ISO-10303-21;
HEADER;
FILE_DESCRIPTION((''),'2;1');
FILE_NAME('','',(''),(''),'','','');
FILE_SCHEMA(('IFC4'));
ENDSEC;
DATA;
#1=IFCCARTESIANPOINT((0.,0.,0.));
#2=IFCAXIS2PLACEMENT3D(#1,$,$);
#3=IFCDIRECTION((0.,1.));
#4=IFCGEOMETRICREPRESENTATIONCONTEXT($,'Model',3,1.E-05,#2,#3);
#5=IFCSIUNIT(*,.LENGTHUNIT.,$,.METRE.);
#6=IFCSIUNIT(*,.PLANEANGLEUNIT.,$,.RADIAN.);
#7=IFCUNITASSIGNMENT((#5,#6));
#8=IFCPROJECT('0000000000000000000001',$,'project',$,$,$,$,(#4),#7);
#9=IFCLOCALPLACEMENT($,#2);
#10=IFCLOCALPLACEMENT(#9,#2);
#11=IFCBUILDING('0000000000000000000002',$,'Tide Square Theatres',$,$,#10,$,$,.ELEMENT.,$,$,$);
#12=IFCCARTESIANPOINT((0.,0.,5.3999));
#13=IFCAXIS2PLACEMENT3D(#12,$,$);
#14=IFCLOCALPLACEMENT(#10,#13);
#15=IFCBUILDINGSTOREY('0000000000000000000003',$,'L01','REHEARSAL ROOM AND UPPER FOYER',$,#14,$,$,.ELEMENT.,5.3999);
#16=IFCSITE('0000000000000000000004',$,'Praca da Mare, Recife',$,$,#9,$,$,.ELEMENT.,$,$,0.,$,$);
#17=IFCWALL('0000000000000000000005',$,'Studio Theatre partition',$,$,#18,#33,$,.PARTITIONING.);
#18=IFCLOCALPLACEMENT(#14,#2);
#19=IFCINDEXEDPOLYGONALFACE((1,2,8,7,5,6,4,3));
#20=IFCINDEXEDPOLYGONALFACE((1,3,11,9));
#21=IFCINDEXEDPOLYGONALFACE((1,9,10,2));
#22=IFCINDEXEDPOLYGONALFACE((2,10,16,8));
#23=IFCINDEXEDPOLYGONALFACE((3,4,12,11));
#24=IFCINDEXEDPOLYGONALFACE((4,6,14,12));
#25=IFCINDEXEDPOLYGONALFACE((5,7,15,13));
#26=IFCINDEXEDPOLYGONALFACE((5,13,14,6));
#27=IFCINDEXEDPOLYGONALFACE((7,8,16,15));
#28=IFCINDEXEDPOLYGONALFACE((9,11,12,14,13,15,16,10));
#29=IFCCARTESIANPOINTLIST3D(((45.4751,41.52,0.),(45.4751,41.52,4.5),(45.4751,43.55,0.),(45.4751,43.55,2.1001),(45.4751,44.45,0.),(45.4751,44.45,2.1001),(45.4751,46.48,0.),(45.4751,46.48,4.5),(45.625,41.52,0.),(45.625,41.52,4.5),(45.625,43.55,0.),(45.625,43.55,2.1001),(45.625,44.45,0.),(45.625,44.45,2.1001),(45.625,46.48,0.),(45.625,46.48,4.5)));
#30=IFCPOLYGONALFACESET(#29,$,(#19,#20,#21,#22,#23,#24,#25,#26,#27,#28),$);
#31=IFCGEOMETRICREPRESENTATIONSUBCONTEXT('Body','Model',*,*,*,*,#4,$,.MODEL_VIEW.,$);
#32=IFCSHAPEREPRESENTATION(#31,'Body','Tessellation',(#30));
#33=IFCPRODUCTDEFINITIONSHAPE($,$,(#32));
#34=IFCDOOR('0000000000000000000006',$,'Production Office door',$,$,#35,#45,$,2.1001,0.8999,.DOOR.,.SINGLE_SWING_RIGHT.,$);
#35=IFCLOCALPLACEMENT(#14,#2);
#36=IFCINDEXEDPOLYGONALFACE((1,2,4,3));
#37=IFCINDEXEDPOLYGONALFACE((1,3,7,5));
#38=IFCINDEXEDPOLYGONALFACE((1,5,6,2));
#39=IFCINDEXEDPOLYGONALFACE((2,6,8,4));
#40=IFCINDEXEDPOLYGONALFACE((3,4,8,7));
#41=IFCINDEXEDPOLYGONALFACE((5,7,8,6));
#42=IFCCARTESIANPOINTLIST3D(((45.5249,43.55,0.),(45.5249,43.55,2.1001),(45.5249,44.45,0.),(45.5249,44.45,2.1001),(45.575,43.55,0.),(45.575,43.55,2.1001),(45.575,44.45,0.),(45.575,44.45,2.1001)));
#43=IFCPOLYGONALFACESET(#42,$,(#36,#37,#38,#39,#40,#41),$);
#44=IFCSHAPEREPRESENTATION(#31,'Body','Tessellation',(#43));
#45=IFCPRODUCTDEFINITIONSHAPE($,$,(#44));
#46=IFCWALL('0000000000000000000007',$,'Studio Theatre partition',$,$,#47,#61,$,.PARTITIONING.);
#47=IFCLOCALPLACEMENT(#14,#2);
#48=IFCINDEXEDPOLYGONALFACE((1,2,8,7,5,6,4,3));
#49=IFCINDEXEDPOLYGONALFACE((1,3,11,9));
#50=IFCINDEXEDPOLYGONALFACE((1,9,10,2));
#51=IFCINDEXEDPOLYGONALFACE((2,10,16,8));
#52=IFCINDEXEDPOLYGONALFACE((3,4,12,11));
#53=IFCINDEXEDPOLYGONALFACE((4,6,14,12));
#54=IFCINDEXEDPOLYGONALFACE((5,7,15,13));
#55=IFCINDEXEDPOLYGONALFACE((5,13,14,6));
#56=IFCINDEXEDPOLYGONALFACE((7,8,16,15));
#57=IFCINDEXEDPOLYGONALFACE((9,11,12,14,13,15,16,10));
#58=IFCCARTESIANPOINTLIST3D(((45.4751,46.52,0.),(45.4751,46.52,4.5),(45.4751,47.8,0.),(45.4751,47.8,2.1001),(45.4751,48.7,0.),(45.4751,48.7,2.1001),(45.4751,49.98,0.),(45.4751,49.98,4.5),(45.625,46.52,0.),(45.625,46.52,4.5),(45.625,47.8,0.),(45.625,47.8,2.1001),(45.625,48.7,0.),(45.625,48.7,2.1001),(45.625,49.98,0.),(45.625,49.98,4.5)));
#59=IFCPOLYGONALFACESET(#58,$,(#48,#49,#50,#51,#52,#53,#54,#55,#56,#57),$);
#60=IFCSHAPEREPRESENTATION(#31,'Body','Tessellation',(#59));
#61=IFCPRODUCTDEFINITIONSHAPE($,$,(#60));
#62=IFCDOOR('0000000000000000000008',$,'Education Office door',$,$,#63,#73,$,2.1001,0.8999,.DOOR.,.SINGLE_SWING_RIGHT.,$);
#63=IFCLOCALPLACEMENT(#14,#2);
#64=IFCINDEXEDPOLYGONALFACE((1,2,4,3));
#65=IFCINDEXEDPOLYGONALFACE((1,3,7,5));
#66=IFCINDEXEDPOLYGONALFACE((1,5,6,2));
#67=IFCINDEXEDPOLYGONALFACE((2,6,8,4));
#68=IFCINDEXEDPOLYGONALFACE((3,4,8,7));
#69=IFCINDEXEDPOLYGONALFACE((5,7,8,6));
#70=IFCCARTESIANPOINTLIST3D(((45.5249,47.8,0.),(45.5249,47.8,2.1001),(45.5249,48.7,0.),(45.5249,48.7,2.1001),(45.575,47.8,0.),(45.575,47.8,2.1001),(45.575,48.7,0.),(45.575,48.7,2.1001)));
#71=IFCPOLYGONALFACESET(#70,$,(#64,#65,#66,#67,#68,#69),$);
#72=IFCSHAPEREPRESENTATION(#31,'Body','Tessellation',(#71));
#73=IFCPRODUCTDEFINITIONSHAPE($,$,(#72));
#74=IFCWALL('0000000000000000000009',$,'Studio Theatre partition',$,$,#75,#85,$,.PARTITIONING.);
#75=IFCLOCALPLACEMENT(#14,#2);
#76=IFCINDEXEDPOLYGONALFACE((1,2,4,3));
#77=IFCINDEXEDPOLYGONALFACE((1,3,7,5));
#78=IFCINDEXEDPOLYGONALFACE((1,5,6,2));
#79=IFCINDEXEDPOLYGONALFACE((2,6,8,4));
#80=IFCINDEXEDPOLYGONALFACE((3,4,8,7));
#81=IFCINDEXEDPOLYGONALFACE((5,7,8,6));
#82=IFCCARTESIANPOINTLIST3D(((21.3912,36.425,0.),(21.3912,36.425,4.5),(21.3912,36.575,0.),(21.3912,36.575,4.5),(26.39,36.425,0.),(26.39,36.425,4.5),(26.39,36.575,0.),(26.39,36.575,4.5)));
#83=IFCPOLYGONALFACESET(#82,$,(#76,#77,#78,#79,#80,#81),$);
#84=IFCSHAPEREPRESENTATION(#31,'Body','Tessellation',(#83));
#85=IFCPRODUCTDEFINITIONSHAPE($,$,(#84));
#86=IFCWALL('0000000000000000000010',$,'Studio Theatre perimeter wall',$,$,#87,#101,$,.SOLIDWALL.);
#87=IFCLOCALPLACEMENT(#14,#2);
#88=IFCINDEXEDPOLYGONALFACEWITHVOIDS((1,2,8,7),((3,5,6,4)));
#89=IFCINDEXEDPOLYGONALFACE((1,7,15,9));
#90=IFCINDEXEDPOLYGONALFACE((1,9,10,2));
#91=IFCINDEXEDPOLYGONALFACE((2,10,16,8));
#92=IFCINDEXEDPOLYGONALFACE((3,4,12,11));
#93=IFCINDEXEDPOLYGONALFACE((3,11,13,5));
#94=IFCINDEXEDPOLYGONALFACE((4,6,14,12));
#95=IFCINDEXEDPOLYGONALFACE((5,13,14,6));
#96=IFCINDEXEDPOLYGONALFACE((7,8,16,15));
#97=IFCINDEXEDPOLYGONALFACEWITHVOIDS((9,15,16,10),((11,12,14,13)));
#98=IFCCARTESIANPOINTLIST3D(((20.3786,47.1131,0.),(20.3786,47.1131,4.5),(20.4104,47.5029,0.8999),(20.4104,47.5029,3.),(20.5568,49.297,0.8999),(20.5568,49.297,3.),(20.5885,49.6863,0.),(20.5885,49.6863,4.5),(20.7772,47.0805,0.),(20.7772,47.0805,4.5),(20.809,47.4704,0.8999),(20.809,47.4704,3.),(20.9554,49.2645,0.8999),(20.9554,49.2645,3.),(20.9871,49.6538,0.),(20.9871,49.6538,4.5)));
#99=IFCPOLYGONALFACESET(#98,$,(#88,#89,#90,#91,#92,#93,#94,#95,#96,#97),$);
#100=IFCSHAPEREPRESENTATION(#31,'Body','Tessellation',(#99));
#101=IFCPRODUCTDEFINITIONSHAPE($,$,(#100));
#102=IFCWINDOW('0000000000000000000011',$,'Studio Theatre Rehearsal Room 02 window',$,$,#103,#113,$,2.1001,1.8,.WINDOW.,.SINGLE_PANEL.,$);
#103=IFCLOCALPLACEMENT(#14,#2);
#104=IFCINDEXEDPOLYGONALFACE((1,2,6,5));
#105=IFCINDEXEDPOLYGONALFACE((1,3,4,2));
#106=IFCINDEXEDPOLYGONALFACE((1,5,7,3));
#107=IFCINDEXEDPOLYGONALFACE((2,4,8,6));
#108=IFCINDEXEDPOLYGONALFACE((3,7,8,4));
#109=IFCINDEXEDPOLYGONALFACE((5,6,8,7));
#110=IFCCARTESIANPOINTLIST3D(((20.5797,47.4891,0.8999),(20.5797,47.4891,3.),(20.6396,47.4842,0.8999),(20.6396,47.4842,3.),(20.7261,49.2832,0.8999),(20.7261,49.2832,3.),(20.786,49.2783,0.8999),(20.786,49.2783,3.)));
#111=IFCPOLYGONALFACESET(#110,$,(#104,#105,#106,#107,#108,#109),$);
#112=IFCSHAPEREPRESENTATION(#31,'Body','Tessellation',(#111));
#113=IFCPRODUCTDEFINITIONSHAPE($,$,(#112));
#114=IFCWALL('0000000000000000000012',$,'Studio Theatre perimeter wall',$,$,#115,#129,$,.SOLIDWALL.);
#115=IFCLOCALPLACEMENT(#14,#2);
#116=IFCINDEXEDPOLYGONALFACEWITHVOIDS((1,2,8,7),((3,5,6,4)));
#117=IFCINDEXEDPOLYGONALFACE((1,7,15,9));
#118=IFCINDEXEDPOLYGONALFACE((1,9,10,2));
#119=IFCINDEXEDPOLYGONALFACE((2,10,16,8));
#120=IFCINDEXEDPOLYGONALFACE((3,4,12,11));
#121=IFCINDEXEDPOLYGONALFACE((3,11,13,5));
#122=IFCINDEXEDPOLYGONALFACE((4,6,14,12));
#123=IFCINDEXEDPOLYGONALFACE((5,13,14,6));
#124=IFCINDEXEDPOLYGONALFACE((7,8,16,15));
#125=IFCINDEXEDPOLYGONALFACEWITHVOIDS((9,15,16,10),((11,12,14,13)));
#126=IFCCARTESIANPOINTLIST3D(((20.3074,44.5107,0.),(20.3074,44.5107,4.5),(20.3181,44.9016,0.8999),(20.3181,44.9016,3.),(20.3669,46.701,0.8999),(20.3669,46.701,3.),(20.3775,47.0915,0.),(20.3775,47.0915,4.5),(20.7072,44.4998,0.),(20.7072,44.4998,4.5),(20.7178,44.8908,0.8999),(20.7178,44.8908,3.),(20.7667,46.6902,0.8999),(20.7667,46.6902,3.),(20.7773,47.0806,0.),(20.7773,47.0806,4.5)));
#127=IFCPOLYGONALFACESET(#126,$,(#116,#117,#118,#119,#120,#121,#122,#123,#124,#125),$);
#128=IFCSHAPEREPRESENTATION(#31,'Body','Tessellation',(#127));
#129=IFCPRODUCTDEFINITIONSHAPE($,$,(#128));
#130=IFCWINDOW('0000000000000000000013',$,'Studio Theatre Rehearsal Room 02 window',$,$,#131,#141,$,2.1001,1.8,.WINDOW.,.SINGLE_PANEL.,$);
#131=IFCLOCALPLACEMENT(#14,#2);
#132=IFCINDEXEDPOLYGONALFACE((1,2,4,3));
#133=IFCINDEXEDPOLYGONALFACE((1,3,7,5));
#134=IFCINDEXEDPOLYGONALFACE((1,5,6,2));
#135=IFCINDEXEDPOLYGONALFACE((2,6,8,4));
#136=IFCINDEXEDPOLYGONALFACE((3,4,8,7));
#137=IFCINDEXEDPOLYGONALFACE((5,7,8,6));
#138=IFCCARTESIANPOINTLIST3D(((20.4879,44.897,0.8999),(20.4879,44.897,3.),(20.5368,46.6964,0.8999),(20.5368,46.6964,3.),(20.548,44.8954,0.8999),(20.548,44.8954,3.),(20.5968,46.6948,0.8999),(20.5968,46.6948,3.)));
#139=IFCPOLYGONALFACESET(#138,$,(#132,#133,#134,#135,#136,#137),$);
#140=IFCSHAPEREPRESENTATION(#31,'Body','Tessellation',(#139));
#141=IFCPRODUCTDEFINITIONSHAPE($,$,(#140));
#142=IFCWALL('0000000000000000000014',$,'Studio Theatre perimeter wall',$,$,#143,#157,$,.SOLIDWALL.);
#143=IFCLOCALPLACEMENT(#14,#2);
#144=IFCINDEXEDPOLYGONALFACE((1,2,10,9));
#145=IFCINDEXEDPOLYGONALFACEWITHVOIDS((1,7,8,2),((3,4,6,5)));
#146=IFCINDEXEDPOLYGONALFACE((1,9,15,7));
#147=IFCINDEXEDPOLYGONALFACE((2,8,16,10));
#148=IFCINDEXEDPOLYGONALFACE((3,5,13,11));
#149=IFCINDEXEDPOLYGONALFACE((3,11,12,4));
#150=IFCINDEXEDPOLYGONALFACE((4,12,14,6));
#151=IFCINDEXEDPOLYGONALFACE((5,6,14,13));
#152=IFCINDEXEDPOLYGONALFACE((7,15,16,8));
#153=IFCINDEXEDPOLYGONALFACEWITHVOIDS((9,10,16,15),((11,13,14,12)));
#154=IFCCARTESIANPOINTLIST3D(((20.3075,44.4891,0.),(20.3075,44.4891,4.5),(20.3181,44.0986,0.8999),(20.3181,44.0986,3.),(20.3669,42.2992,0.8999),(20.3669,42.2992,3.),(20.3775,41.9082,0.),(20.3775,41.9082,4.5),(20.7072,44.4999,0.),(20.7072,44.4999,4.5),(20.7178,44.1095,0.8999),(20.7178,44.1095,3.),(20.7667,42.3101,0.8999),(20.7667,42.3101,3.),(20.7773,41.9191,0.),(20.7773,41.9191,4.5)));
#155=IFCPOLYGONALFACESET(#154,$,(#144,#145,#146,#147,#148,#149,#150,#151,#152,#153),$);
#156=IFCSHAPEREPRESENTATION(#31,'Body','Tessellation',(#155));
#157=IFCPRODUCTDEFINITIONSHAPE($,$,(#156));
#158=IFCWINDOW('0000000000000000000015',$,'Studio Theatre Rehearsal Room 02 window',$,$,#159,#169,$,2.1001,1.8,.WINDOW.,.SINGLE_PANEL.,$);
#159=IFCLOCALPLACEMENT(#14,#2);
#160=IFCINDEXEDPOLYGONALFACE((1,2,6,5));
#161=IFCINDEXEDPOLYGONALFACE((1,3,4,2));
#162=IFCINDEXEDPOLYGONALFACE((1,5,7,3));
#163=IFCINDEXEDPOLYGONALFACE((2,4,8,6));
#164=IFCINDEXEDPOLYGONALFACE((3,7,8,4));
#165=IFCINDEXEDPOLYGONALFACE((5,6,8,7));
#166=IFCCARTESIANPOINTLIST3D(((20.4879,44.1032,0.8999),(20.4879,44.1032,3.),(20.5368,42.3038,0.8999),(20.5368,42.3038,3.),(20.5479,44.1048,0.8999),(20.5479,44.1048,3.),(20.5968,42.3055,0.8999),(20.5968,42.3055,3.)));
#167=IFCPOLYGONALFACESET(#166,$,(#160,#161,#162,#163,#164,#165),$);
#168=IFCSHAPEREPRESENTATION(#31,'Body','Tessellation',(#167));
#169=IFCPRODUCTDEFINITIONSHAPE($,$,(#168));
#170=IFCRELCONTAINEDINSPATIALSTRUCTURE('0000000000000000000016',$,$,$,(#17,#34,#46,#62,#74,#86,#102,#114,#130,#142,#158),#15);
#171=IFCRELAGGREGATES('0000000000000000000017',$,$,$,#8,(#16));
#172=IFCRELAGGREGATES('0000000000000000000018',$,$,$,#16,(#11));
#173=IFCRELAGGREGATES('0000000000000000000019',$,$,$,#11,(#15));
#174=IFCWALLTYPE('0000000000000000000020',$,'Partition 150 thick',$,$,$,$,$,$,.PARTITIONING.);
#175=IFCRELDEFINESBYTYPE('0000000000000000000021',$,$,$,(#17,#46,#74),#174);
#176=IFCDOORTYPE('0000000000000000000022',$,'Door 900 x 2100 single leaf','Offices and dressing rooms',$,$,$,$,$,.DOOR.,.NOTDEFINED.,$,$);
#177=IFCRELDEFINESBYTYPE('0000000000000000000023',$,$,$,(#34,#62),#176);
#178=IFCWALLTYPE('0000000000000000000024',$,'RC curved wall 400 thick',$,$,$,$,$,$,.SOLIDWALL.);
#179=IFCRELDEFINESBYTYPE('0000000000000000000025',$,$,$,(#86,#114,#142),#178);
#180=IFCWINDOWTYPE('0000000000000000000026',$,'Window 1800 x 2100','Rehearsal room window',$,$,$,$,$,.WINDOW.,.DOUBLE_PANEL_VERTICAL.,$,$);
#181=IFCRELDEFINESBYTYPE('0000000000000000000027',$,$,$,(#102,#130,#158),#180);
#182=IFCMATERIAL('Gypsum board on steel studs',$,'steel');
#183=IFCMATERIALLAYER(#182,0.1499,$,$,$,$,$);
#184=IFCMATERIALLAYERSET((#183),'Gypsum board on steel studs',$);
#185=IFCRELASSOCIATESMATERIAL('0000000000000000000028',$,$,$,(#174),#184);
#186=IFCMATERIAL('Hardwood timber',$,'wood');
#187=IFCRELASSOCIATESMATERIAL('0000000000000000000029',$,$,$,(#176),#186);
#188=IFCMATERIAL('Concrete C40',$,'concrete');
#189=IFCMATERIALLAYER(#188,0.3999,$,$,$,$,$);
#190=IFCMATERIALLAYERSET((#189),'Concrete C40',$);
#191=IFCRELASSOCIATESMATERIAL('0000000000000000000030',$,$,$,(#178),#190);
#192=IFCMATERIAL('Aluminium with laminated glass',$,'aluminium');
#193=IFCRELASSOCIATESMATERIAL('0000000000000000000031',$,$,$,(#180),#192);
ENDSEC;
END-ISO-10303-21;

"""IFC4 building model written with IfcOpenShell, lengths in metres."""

from ifc_helpers import new_model, si_unit, direction, frame, frame_2d, origin, place, context, subcontext, project, spatial, rectangle, extrude, material, layer, layer_set, type_object, element, fill, save


model = new_model("IFC4")

# Units and contexts
model_context = context("Model", 3, precision=1e-05, world=origin(), true_north=direction((0.0, 1.0)))
body_context = subcontext(model_context, "Body", "Model", "MODEL_VIEW")
ifc_project = project(units=[si_unit("LENGTHUNIT", "METRE"), si_unit("PLANEANGLEUNIT", "RADIAN")], contexts=[model_context])

# Site, building, storey
site_placement = place(None, origin())
site = spatial("IfcSite", under=ifc_project, at=site_placement, Name="Praca da Mare, Recife", CompositionType="ELEMENT", RefElevation=0.0)
building_placement = place(site_placement, origin())
building = spatial("IfcBuilding", under=site, at=building_placement, Name="Tide Square Theatres", CompositionType="ELEMENT")
storey_placement = place(building_placement, frame((0.0, 0.0, 5.3999)))
storey = spatial("IfcBuildingStorey", under=building, at=storey_placement, Name="L01", Description="REHEARSAL ROOM AND UPPER FOYER", CompositionType="ELEMENT", Elevation=5.3999)

# Walls, openings, doors
ifc_material_1 = material(Name="Gypsum board on steel studs", Category="steel")
ifc_layer_1 = layer(ifc_material_1, 0.1499)
ifc_layer_set_1 = layer_set([ifc_layer_1], Name="Gypsum board on steel studs")
wall_type_1 = type_object("IfcWallType", Name="Partition 150 thick", PredefinedType="PARTITIONING", material=ifc_layer_set_1)
ifc_material_2 = material(Name="Hardwood timber", Category="wood")
door_type = type_object("IfcDoorType", Name="Door 900 x 2100 single leaf", Description="Offices and dressing rooms", OperationType="NOTDEFINED", PredefinedType="DOOR", material=ifc_material_2)
wall_1_placement = place(storey_placement, frame((45.55, 46.48, 0.0), z_axis=(0.0, 0.0, 1.0), x_axis=(0.0, -1.0, 0.0)))
wall_1 = element("IfcWall", 1, at=wall_1_placement, inside=storey, type_object=wall_type_1, Name="Studio Theatre partition", PredefinedType="PARTITIONING", context=body_context, shape_type="SweptSolid", body=[
    extrude(rectangle(XDim=4.96, YDim=0.1499, at=frame_2d((2.48, 0.0))), origin(), (0.0, 0.0, 1.0), 4.5),
])
opening_1_placement = place(wall_1_placement, frame((2.03, 0.0, 0.0)))
opening_1 = element("IfcOpeningElement", 2, at=opening_1_placement, cuts=wall_1, PredefinedType="OPENING", context=body_context, shape_type="SweptSolid", body=[
    extrude(rectangle(XDim=0.8999, YDim=2.1001, at=frame_2d((0.45, 1.05))), frame((0.0, 0.085, 0.0), z_axis=(0.0, -1.0, 0.0), x_axis=(1.0, 0.0, 0.0)), (0.0, 0.0, 1.0), 0.1699),
])
door_1_placement = place(opening_1_placement, origin())
door_1 = element("IfcDoor", 3, at=door_1_placement, inside=storey, type_object=door_type, Name="Production Office door", OperationType="SINGLE_SWING_RIGHT", OverallHeight=2.1001, OverallWidth=0.8999, PredefinedType="DOOR", context=body_context, shape_type="SweptSolid", body=[
    extrude(rectangle(XDim=0.8999, YDim=2.1001, at=frame_2d((0.45, 1.05))), frame((0.0, 0.0249, 0.0), z_axis=(0.0, -1.0, 0.0), x_axis=(1.0, 0.0, 0.0)), (0.0, 0.0, 1.0), 0.05),
])
fill(opening_1, door_1)
wall_2_placement = place(storey_placement, frame((45.55, 49.98, 0.0), z_axis=(0.0, 0.0, 1.0), x_axis=(0.0, -1.0, 0.0)))
wall_2 = element("IfcWall", 4, at=wall_2_placement, inside=storey, type_object=wall_type_1, Name="Studio Theatre partition", PredefinedType="PARTITIONING", context=body_context, shape_type="SweptSolid", body=[
    extrude(rectangle(XDim=3.46, YDim=0.1499, at=frame_2d((1.73, 0.0))), origin(), (0.0, 0.0, 1.0), 4.5),
])
opening_2_placement = place(wall_2_placement, frame((1.28, 0.0, 0.0)))
opening_2 = element("IfcOpeningElement", 5, at=opening_2_placement, cuts=wall_2, PredefinedType="OPENING", context=body_context, shape_type="SweptSolid", body=[
    extrude(rectangle(XDim=0.8999, YDim=2.1001, at=frame_2d((0.45, 1.05))), frame((0.0, 0.085, 0.0), z_axis=(0.0, -1.0, 0.0), x_axis=(1.0, 0.0, 0.0)), (0.0, 0.0, 1.0), 0.1699),
])
door_2_placement = place(opening_2_placement, origin())
door_2 = element("IfcDoor", 6, at=door_2_placement, inside=storey, type_object=door_type, Name="Education Office door", OperationType="SINGLE_SWING_RIGHT", OverallHeight=2.1001, OverallWidth=0.8999, PredefinedType="DOOR", context=body_context, shape_type="SweptSolid", body=[
    extrude(rectangle(XDim=0.8999, YDim=2.1001, at=frame_2d((0.45, 1.05))), frame((0.0, 0.0249, 0.0), z_axis=(0.0, -1.0, 0.0), x_axis=(1.0, 0.0, 0.0)), (0.0, 0.0, 1.0), 0.05),
])
fill(opening_2, door_2)

# Wall
wall_3_placement = place(storey_placement, frame((21.3911, 36.5, 0.0), z_axis=(0.0, 0.0, 1.0), x_axis=(1.0, 0.0, 0.0)))
element("IfcWall", 7, at=wall_3_placement, inside=storey, type_object=wall_type_1, Name="Studio Theatre partition", PredefinedType="PARTITIONING", context=body_context, shape_type="SweptSolid", body=[
    extrude(rectangle(XDim=4.9988, YDim=0.1499, at=frame_2d((2.4995, 0.0))), origin(), (0.0, 0.0, 1.0), 4.5),
])

# Walls, openings, windows
ifc_material_3 = material(Name="Concrete C40", Category="concrete")
ifc_layer_2 = layer(ifc_material_3, 0.3999)
ifc_layer_set_2 = layer_set([ifc_layer_2], Name="Concrete C40")
wall_type_2 = type_object("IfcWallType", Name="RC curved wall 400 thick", PredefinedType="SOLIDWALL", material=ifc_layer_set_2)
wall_4_placement = place(storey_placement, frame((20.7878, 49.6702, 0.0), z_axis=(0.0, 0.0, 1.0), x_axis=(-0.081324, -0.996688, 0.0)))
wall_4 = element("IfcWall", 8, at=wall_4_placement, inside=storey, type_object=wall_type_2, Name="Studio Theatre perimeter wall", PredefinedType="SOLIDWALL", context=body_context, shape_type="SweptSolid", body=[
    extrude(rectangle(XDim=2.5818, YDim=0.3999, at=frame_2d((1.291, 0.0))), origin(), (0.0, 0.0, 1.0), 4.5),
])
opening_3_placement = place(wall_4_placement, frame((0.3909, 0.0, 0.8999)))
opening_3 = element("IfcOpeningElement", 9, at=opening_3_placement, cuts=wall_4, PredefinedType="OPENING", context=body_context, shape_type="SweptSolid", body=[
    extrude(rectangle(XDim=1.8, YDim=2.1001, at=frame_2d((0.8999, 1.05))), frame((0.0, 0.21, 0.0), z_axis=(0.0, -1.0, 0.0), x_axis=(1.0, 0.0, 0.0)), (0.0, 0.0, 1.0), 0.4199),
])
ifc_material_4 = material(Name="Aluminium with laminated glass", Category="aluminium")
window_type = type_object("IfcWindowType", Name="Window 1800 x 2100", Description="Rehearsal room window", PartitioningType="DOUBLE_PANEL_VERTICAL", PredefinedType="WINDOW", material=ifc_material_4)
window_1_placement = place(opening_3_placement, origin())
window_1 = element("IfcWindow", 10, at=window_1_placement, inside=storey, type_object=window_type, Name="Studio Theatre Rehearsal Room 02 window", OverallHeight=2.1001, OverallWidth=1.8, PartitioningType="SINGLE_PANEL", PredefinedType="WINDOW", context=body_context, shape_type="SweptSolid", body=[
    extrude(rectangle(XDim=1.8, YDim=2.1001, at=frame_2d((0.8999, 1.05))), frame((0.0, 0.03, 0.0), z_axis=(0.0, -1.0, 0.0), x_axis=(1.0, 0.0, 0.0)), (0.0, 0.0, 1.0), 0.0601),
])
fill(opening_3, window_1)
wall_5_placement = place(storey_placement, frame((20.5774, 47.0862, 0.0), z_axis=(0.0, 0.0, 1.0), x_axis=(-0.02714, -0.999632, 0.0)))
wall_5 = element("IfcWall", 11, at=wall_5_placement, inside=storey, type_object=wall_type_2, Name="Studio Theatre perimeter wall", PredefinedType="SOLIDWALL", context=body_context, shape_type="SweptSolid", body=[
    extrude(rectangle(XDim=2.5818, YDim=0.3999, at=frame_2d((1.291, 0.0))), origin(), (0.0, 0.0, 1.0), 4.5),
])
opening_4_placement = place(wall_5_placement, frame((0.3909, 0.0, 0.8999)))
opening_4 = element("IfcOpeningElement", 12, at=opening_4_placement, cuts=wall_5, PredefinedType="OPENING", context=body_context, shape_type="SweptSolid", body=[
    extrude(rectangle(XDim=1.8, YDim=2.1001, at=frame_2d((0.8999, 1.05))), frame((0.0, 0.21, 0.0), z_axis=(0.0, -1.0, 0.0), x_axis=(1.0, 0.0, 0.0)), (0.0, 0.0, 1.0), 0.4199),
])
window_2_placement = place(opening_4_placement, origin())
window_2 = element("IfcWindow", 13, at=window_2_placement, inside=storey, type_object=window_type, Name="Studio Theatre Rehearsal Room 02 window", OverallHeight=2.1001, OverallWidth=1.8, PartitioningType="SINGLE_PANEL", PredefinedType="WINDOW", context=body_context, shape_type="SweptSolid", body=[
    extrude(rectangle(XDim=1.8, YDim=2.1001, at=frame_2d((0.8999, 1.05))), frame((0.0, 0.03, 0.0), z_axis=(0.0, -1.0, 0.0), x_axis=(1.0, 0.0, 0.0)), (0.0, 0.0, 1.0), 0.0601),
])
fill(opening_4, window_2)
wall_6_placement = place(storey_placement, frame((20.5073, 44.4946, 0.0), z_axis=(0.0, 0.0, 1.0), x_axis=(0.02714, -0.999632, 0.0)))
wall_6 = element("IfcWall", 14, at=wall_6_placement, inside=storey, type_object=wall_type_2, Name="Studio Theatre perimeter wall", PredefinedType="SOLIDWALL", context=body_context, shape_type="SweptSolid", body=[
    extrude(rectangle(XDim=2.5818, YDim=0.3999, at=frame_2d((1.291, 0.0))), origin(), (0.0, 0.0, 1.0), 4.5),
])
opening_5_placement = place(wall_6_placement, frame((0.3909, 0.0, 0.8999)))
opening_5 = element("IfcOpeningElement", 15, at=opening_5_placement, cuts=wall_6, PredefinedType="OPENING", context=body_context, shape_type="SweptSolid", body=[
    extrude(rectangle(XDim=1.8, YDim=2.1001, at=frame_2d((0.8999, 1.05))), frame((0.0, 0.21, 0.0), z_axis=(0.0, -1.0, 0.0), x_axis=(1.0, 0.0, 0.0)), (0.0, 0.0, 1.0), 0.4199),
])
window_3_placement = place(opening_5_placement, origin())
window_3 = element("IfcWindow", 16, at=window_3_placement, inside=storey, type_object=window_type, Name="Studio Theatre Rehearsal Room 02 window", OverallHeight=2.1001, OverallWidth=1.8, PartitioningType="SINGLE_PANEL", PredefinedType="WINDOW", context=body_context, shape_type="SweptSolid", body=[
    extrude(rectangle(XDim=1.8, YDim=2.1001, at=frame_2d((0.8999, 1.05))), frame((0.0, 0.03, 0.0), z_axis=(0.0, -1.0, 0.0), x_axis=(1.0, 0.0, 0.0)), (0.0, 0.0, 1.0), 0.0601),
])
fill(opening_5, window_3)

save(model, "model.ifc")
